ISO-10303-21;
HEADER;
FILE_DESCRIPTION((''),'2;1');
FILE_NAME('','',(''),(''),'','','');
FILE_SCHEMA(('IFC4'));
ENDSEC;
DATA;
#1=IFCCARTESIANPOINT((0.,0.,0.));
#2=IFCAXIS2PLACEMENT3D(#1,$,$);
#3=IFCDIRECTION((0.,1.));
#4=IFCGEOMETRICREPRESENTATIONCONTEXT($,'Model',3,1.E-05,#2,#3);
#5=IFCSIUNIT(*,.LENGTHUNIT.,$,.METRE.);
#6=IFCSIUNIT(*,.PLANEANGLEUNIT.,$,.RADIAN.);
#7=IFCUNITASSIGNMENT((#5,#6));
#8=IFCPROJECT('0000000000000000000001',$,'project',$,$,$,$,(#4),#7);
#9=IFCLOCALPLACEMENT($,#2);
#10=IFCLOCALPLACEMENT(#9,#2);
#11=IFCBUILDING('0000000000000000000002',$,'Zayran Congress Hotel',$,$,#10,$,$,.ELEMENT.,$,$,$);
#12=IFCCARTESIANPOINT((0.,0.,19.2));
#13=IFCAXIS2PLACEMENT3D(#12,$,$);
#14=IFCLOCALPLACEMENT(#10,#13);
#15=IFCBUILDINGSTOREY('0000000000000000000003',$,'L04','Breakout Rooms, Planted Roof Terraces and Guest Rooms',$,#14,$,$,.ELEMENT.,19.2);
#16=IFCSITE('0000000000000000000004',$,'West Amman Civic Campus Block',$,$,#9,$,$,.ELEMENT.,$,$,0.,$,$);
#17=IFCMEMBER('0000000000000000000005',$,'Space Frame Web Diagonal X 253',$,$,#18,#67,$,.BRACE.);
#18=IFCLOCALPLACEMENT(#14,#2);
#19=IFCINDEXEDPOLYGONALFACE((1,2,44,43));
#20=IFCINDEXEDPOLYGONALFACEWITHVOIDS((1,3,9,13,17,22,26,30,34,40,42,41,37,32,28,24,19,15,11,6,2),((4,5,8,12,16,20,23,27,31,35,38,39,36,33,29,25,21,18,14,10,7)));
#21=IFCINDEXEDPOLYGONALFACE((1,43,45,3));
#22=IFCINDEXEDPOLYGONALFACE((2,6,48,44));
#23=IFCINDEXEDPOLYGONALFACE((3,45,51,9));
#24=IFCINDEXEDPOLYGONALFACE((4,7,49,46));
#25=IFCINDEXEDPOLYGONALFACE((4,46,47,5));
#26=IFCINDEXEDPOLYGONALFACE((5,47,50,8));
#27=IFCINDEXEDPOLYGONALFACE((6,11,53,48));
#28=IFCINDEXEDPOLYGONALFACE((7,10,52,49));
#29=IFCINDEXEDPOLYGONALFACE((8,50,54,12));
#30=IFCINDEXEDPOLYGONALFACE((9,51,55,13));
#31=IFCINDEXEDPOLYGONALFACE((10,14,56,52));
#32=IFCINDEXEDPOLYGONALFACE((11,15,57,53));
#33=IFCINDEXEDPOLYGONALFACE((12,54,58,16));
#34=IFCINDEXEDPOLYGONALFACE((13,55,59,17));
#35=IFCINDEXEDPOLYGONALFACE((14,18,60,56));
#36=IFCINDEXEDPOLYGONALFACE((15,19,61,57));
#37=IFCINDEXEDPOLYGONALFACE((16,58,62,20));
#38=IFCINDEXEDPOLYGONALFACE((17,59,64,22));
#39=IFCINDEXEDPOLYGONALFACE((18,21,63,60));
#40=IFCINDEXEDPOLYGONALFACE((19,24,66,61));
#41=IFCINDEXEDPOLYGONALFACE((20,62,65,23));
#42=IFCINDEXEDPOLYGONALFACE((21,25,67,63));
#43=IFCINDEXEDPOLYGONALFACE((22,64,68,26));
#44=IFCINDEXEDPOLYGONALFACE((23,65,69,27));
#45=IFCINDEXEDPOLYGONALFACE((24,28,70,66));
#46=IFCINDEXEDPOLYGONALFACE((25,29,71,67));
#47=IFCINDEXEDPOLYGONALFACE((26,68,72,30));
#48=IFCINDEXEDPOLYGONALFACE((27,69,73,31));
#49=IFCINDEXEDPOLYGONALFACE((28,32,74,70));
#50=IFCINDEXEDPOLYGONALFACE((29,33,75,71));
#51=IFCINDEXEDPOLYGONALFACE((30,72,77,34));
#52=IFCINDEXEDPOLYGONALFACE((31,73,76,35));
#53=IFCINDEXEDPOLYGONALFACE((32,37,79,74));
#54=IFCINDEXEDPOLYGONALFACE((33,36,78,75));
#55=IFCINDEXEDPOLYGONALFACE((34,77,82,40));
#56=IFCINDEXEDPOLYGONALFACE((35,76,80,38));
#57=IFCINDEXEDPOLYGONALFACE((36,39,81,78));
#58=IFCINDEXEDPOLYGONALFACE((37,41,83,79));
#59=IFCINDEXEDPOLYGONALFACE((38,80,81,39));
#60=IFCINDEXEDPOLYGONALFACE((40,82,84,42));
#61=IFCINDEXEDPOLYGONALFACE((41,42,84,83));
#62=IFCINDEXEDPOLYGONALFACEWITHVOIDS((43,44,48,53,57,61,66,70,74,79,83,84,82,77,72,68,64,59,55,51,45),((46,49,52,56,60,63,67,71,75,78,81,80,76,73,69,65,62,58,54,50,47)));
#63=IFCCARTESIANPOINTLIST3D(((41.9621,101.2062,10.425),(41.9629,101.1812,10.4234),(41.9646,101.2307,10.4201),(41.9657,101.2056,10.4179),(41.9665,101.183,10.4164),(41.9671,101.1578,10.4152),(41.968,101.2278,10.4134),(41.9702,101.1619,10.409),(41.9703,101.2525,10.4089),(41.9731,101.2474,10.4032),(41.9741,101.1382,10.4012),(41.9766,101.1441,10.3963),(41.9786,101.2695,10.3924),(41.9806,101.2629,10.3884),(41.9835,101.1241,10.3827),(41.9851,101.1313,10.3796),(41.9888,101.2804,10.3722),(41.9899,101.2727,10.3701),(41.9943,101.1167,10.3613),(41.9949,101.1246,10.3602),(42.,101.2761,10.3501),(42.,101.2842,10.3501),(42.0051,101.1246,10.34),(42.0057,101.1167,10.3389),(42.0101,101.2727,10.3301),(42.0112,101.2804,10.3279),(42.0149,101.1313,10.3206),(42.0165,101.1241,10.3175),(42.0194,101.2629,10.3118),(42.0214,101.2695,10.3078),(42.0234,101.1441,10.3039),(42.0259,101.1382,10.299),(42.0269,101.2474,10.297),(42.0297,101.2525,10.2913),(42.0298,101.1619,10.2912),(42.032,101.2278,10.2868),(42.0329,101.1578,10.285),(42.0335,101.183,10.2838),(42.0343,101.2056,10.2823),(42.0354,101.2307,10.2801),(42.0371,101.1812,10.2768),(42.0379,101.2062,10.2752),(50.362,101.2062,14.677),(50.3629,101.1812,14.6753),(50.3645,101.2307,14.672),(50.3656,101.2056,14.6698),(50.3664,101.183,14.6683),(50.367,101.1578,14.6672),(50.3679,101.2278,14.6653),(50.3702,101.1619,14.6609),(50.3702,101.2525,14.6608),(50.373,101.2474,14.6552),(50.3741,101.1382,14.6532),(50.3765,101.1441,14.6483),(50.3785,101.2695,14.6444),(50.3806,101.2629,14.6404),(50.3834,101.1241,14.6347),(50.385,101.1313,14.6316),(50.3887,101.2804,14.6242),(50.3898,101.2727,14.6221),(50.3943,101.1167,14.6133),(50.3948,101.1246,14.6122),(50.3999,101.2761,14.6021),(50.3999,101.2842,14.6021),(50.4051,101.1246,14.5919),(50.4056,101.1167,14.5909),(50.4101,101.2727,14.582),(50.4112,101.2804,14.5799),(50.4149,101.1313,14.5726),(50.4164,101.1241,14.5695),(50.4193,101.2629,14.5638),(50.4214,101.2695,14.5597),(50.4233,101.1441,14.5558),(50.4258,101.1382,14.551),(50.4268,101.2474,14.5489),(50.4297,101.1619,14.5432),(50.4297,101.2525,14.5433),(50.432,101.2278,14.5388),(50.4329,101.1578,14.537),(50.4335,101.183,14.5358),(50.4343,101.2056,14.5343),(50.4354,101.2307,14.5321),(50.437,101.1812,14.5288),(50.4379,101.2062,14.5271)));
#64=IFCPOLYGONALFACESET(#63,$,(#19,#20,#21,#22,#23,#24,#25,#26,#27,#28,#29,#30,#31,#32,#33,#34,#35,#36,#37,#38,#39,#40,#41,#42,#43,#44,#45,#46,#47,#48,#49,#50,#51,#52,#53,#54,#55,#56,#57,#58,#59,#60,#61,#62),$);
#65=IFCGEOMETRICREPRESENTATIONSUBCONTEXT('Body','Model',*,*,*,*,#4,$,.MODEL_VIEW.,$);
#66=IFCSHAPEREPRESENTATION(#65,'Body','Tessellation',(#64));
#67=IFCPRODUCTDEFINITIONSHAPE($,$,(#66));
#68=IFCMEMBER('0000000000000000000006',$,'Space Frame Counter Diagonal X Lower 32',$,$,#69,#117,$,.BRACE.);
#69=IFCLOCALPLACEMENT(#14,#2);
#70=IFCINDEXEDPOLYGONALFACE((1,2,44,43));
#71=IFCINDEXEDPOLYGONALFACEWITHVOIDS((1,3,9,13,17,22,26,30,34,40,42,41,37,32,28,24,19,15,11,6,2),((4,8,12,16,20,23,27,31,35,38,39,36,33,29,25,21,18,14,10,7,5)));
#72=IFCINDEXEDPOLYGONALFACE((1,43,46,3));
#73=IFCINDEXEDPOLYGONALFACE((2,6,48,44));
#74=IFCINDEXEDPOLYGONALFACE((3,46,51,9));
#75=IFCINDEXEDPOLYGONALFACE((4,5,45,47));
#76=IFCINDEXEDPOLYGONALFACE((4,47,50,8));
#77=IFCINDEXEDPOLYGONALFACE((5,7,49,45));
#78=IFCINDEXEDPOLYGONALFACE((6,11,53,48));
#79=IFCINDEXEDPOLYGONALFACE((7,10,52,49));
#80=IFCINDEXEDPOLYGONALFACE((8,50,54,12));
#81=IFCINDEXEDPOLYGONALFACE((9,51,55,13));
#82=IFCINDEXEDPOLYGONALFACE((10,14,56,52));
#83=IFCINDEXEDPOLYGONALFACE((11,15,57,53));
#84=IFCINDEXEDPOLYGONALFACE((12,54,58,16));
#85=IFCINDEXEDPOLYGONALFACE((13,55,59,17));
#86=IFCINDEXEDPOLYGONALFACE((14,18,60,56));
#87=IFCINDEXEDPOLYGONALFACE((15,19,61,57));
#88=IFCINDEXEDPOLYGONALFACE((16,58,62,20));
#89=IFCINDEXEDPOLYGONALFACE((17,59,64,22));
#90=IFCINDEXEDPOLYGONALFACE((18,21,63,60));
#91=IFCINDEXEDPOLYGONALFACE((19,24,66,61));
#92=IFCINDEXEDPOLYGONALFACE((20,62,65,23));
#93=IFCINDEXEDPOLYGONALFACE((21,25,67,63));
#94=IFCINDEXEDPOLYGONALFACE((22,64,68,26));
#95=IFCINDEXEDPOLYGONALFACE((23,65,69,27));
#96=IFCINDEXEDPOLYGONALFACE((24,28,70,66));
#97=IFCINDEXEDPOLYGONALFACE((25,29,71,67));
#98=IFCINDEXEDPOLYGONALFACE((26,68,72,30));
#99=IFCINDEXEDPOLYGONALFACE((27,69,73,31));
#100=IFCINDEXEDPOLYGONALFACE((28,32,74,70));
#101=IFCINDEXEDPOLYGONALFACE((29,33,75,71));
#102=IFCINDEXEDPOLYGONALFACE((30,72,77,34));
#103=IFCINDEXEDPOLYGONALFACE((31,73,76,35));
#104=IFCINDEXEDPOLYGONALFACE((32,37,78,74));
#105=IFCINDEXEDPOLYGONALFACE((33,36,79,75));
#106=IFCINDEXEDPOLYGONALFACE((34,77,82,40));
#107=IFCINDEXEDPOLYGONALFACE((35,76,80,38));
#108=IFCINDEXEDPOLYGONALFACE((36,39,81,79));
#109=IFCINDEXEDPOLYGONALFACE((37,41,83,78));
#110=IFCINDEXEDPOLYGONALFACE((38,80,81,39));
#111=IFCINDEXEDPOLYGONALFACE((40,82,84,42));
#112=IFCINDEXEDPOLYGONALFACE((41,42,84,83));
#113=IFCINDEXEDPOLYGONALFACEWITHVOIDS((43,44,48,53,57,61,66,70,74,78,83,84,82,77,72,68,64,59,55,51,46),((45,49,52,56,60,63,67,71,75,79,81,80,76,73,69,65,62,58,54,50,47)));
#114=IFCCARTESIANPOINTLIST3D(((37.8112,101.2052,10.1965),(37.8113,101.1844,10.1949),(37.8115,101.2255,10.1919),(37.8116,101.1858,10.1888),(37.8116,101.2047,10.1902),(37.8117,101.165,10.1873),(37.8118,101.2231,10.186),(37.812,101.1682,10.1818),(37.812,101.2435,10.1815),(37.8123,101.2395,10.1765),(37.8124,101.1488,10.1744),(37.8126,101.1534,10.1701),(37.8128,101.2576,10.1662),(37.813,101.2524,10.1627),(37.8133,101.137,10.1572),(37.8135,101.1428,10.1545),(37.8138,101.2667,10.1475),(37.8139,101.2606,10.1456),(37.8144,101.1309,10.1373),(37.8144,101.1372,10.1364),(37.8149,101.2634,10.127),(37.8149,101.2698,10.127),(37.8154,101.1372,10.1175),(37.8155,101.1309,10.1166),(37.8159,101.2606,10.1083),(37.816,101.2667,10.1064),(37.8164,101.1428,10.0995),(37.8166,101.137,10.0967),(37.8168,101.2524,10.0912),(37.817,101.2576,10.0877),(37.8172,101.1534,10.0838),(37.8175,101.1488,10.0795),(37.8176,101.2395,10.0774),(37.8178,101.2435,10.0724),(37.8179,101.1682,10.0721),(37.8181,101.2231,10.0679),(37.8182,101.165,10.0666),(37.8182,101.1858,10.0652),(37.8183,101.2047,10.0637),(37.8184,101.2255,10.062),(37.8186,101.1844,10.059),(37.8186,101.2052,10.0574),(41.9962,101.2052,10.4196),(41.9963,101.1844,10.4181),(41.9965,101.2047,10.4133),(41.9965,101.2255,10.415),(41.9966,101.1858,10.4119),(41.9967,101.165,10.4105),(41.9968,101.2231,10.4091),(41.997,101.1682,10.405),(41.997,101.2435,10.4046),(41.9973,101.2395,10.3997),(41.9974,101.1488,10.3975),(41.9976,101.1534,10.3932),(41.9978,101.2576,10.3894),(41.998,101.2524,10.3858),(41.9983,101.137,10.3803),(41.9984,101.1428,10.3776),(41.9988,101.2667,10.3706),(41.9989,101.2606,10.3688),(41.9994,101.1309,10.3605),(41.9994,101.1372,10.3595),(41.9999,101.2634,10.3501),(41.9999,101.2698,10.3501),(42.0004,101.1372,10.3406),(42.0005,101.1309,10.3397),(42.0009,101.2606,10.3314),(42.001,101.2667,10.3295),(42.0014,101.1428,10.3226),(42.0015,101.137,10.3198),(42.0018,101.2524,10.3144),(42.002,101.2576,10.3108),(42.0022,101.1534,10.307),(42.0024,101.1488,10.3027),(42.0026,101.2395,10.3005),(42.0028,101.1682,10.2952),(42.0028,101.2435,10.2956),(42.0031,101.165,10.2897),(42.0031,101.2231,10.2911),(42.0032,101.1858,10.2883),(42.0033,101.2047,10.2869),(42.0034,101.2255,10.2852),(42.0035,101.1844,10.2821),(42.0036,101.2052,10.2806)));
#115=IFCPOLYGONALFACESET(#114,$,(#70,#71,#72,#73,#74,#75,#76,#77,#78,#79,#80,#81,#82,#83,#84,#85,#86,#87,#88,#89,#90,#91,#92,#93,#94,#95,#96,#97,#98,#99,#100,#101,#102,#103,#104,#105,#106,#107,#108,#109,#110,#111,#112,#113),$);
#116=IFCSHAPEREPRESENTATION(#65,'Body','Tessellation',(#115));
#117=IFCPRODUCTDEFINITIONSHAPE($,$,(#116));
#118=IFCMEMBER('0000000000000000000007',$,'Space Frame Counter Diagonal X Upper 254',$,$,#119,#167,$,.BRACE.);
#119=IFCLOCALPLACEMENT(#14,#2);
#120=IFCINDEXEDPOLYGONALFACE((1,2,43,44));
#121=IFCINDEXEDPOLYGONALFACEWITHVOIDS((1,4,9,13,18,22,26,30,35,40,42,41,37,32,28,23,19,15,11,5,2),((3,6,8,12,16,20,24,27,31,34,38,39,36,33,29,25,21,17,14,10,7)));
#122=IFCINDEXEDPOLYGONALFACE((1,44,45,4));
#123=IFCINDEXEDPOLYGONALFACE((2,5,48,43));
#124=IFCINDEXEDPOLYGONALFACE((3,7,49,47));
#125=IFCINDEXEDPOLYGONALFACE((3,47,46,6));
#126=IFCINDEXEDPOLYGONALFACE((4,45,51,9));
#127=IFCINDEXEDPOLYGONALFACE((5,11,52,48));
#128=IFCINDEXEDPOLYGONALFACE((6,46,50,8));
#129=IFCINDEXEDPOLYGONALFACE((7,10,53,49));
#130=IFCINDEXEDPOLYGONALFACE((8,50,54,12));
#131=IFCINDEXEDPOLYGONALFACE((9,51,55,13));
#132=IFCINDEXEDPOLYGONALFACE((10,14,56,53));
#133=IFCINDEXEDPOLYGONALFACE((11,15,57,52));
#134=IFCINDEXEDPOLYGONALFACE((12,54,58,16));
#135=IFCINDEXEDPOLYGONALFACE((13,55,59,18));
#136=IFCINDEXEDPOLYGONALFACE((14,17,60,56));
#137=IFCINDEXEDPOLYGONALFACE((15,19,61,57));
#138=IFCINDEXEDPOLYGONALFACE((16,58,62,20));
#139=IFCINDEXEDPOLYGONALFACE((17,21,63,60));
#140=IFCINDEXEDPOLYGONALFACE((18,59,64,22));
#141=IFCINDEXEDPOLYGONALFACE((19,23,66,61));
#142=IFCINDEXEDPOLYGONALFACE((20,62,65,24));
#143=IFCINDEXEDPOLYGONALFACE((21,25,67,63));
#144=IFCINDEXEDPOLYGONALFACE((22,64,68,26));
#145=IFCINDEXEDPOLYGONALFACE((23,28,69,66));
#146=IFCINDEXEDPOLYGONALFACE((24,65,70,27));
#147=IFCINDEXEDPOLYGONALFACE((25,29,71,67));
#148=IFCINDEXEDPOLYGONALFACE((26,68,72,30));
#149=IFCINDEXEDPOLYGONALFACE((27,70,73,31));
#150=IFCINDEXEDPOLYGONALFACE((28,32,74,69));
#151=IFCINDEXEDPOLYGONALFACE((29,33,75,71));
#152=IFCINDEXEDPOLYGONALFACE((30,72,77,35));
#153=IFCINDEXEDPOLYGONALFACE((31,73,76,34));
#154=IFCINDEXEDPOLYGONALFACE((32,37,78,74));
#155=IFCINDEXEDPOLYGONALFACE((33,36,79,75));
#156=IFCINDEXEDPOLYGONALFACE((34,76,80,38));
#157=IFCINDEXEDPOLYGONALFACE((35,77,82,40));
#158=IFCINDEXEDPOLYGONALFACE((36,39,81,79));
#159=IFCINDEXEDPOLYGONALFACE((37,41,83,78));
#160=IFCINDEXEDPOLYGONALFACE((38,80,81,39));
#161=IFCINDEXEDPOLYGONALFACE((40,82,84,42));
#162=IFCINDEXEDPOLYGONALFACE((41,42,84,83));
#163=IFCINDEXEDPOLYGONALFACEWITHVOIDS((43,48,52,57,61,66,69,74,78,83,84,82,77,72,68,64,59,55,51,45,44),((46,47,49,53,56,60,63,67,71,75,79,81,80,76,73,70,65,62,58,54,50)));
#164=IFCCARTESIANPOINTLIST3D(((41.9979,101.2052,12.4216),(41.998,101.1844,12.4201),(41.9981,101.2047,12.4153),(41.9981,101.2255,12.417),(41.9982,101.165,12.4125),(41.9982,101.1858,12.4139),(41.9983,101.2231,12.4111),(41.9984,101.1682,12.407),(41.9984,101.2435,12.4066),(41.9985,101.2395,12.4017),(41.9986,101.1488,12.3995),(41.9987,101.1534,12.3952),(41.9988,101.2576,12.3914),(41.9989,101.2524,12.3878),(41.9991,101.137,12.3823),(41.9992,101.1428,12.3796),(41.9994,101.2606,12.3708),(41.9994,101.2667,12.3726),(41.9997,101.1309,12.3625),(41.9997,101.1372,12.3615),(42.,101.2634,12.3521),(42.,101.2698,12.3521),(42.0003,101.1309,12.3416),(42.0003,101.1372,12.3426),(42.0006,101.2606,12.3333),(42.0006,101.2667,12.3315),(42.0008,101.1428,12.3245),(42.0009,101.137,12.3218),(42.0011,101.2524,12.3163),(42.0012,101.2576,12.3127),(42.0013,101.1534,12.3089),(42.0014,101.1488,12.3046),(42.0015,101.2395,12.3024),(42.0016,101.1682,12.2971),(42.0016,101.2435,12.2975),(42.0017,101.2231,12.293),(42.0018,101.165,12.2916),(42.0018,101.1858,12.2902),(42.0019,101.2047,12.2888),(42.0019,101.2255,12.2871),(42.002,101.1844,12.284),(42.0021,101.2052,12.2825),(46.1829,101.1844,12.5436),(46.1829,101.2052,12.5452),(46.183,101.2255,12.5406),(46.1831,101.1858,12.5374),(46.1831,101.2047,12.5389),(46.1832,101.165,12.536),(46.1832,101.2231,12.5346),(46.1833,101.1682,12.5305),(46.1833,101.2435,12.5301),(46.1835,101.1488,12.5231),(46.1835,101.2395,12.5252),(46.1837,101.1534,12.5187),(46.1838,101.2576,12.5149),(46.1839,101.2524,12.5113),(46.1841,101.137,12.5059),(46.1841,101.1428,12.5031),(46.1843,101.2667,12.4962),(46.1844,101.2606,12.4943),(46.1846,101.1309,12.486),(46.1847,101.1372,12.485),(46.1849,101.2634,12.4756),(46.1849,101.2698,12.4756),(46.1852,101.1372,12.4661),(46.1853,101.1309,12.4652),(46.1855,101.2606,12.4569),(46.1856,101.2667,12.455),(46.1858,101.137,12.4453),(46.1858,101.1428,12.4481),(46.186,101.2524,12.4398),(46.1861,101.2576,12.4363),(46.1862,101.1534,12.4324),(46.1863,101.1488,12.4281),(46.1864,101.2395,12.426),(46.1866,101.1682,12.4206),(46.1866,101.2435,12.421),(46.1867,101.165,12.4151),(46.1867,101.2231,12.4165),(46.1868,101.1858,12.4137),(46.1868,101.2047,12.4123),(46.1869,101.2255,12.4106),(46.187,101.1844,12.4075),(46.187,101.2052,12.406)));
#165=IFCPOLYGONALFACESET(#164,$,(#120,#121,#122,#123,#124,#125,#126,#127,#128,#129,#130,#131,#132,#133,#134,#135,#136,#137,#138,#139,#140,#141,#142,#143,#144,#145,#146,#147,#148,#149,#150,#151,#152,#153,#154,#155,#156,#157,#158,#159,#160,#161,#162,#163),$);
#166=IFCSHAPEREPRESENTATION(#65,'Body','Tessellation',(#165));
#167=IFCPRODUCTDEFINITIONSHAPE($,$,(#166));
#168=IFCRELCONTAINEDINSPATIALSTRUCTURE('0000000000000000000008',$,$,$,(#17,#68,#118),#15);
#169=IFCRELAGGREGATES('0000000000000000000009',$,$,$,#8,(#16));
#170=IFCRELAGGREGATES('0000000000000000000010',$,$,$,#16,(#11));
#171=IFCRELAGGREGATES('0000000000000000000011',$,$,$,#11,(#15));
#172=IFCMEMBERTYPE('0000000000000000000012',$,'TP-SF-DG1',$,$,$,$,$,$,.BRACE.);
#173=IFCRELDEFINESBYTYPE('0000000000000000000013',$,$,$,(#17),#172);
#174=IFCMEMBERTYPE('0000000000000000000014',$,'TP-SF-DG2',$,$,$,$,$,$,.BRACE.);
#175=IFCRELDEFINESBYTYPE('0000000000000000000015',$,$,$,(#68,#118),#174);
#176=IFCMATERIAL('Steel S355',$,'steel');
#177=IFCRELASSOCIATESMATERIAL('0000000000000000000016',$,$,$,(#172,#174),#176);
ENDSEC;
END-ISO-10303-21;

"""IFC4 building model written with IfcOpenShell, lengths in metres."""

from ifc_helpers import new_model, si_unit, direction, frame, origin, origin_2d, place, context, subcontext, project, spatial, hollow_circle, extrude, material, material_profile, profile_set, type_object, element, save


model = new_model("IFC4")

# Units and contexts
model_context = context("Model", 3, precision=1e-05, world=origin(), true_north=direction((0.0, 1.0)))
body_context = subcontext(model_context, "Body", "Model", "MODEL_VIEW")
ifc_project = project(units=[si_unit("LENGTHUNIT", "METRE"), si_unit("PLANEANGLEUNIT", "RADIAN")], contexts=[model_context])

# Site, building, storey
site_placement = place(None, origin())
site = spatial("IfcSite", under=ifc_project, at=site_placement, Name="West Amman Civic Campus Block", CompositionType="ELEMENT", RefElevation=0.0)
building_placement = place(site_placement, origin())
building = spatial("IfcBuilding", under=site, at=building_placement, Name="Zayran Congress Hotel", CompositionType="ELEMENT")
storey_placement = place(building_placement, frame((0.0, 0.0, 19.2)))
storey = spatial("IfcBuildingStorey", under=building, at=storey_placement, Name="L04", Description="Breakout Rooms, Planted Roof Terraces and Guest Rooms", CompositionType="ELEMENT", Elevation=19.2)

# Members
ifc_material_1 = material(Name="Steel S355", Category="steel")
ifc_material_profile_1 = material_profile(ifc_material_1, hollow_circle(Radius=0.0842, WallThickness=0.0081, at=origin_2d()), Name="CHS 168.3x8")
ifc_profile_set_1 = profile_set([ifc_material_profile_1], Name="Steel S355")
member_type_1 = type_object("IfcMemberType", Name="TP-SF-DG1", PredefinedType="BRACE", material=ifc_profile_set_1)
member_1_placement = place(storey_placement, frame((42.0, 101.2, 10.3501), z_axis=(0.892207, 0.0, 0.451627), x_axis=(0.0, 1.0, 0.0)))
element("IfcMember", 1, at=member_1_placement, inside=storey, type_object=member_type_1, Name="Space Frame Web Diagonal X 253", PredefinedType="BRACE", context=body_context, shape_type="SweptSolid", body=[
    extrude(hollow_circle(Radius=0.0842, WallThickness=0.0081, at=origin_2d()), origin(), (0.0, 0.0, 1.0), 9.4148),
])
ifc_material_profile_2 = material_profile(ifc_material_1, hollow_circle(Radius=0.0698, WallThickness=0.0063, at=origin_2d()), Name="CHS 139.7x6.3")
ifc_profile_set_2 = profile_set([ifc_material_profile_2], Name="Steel S355")
member_type_2 = type_object("IfcMemberType", Name="TP-SF-DG2", PredefinedType="BRACE", material=ifc_profile_set_2)
member_2_placement = place(storey_placement, frame((37.8149, 101.2, 10.127), z_axis=(0.998582, 0.0, 0.053244), x_axis=(0.0, 1.0, 0.0)))
element("IfcMember", 2, at=member_2_placement, inside=storey, type_object=member_type_2, Name="Space Frame Counter Diagonal X Lower 32", PredefinedType="BRACE", context=body_context, shape_type="SweptSolid", body=[
    extrude(hollow_circle(Radius=0.0698, WallThickness=0.0063, at=origin_2d()), origin(), (0.0, 0.0, 1.0), 4.1909),
])
member_3_placement = place(storey_placement, frame((42.0, 101.2, 12.3521), z_axis=(0.999565, 0.0, 0.029505), x_axis=(0.0, 1.0, 0.0)))
element("IfcMember", 3, at=member_3_placement, inside=storey, type_object=member_type_2, Name="Space Frame Counter Diagonal X Upper 254", PredefinedType="BRACE", context=body_context, shape_type="SweptSolid", body=[
    extrude(hollow_circle(Radius=0.0698, WallThickness=0.0063, at=origin_2d()), origin(), (0.0, 0.0, 1.0), 4.1868),
])

save(model, "model.ifc")
